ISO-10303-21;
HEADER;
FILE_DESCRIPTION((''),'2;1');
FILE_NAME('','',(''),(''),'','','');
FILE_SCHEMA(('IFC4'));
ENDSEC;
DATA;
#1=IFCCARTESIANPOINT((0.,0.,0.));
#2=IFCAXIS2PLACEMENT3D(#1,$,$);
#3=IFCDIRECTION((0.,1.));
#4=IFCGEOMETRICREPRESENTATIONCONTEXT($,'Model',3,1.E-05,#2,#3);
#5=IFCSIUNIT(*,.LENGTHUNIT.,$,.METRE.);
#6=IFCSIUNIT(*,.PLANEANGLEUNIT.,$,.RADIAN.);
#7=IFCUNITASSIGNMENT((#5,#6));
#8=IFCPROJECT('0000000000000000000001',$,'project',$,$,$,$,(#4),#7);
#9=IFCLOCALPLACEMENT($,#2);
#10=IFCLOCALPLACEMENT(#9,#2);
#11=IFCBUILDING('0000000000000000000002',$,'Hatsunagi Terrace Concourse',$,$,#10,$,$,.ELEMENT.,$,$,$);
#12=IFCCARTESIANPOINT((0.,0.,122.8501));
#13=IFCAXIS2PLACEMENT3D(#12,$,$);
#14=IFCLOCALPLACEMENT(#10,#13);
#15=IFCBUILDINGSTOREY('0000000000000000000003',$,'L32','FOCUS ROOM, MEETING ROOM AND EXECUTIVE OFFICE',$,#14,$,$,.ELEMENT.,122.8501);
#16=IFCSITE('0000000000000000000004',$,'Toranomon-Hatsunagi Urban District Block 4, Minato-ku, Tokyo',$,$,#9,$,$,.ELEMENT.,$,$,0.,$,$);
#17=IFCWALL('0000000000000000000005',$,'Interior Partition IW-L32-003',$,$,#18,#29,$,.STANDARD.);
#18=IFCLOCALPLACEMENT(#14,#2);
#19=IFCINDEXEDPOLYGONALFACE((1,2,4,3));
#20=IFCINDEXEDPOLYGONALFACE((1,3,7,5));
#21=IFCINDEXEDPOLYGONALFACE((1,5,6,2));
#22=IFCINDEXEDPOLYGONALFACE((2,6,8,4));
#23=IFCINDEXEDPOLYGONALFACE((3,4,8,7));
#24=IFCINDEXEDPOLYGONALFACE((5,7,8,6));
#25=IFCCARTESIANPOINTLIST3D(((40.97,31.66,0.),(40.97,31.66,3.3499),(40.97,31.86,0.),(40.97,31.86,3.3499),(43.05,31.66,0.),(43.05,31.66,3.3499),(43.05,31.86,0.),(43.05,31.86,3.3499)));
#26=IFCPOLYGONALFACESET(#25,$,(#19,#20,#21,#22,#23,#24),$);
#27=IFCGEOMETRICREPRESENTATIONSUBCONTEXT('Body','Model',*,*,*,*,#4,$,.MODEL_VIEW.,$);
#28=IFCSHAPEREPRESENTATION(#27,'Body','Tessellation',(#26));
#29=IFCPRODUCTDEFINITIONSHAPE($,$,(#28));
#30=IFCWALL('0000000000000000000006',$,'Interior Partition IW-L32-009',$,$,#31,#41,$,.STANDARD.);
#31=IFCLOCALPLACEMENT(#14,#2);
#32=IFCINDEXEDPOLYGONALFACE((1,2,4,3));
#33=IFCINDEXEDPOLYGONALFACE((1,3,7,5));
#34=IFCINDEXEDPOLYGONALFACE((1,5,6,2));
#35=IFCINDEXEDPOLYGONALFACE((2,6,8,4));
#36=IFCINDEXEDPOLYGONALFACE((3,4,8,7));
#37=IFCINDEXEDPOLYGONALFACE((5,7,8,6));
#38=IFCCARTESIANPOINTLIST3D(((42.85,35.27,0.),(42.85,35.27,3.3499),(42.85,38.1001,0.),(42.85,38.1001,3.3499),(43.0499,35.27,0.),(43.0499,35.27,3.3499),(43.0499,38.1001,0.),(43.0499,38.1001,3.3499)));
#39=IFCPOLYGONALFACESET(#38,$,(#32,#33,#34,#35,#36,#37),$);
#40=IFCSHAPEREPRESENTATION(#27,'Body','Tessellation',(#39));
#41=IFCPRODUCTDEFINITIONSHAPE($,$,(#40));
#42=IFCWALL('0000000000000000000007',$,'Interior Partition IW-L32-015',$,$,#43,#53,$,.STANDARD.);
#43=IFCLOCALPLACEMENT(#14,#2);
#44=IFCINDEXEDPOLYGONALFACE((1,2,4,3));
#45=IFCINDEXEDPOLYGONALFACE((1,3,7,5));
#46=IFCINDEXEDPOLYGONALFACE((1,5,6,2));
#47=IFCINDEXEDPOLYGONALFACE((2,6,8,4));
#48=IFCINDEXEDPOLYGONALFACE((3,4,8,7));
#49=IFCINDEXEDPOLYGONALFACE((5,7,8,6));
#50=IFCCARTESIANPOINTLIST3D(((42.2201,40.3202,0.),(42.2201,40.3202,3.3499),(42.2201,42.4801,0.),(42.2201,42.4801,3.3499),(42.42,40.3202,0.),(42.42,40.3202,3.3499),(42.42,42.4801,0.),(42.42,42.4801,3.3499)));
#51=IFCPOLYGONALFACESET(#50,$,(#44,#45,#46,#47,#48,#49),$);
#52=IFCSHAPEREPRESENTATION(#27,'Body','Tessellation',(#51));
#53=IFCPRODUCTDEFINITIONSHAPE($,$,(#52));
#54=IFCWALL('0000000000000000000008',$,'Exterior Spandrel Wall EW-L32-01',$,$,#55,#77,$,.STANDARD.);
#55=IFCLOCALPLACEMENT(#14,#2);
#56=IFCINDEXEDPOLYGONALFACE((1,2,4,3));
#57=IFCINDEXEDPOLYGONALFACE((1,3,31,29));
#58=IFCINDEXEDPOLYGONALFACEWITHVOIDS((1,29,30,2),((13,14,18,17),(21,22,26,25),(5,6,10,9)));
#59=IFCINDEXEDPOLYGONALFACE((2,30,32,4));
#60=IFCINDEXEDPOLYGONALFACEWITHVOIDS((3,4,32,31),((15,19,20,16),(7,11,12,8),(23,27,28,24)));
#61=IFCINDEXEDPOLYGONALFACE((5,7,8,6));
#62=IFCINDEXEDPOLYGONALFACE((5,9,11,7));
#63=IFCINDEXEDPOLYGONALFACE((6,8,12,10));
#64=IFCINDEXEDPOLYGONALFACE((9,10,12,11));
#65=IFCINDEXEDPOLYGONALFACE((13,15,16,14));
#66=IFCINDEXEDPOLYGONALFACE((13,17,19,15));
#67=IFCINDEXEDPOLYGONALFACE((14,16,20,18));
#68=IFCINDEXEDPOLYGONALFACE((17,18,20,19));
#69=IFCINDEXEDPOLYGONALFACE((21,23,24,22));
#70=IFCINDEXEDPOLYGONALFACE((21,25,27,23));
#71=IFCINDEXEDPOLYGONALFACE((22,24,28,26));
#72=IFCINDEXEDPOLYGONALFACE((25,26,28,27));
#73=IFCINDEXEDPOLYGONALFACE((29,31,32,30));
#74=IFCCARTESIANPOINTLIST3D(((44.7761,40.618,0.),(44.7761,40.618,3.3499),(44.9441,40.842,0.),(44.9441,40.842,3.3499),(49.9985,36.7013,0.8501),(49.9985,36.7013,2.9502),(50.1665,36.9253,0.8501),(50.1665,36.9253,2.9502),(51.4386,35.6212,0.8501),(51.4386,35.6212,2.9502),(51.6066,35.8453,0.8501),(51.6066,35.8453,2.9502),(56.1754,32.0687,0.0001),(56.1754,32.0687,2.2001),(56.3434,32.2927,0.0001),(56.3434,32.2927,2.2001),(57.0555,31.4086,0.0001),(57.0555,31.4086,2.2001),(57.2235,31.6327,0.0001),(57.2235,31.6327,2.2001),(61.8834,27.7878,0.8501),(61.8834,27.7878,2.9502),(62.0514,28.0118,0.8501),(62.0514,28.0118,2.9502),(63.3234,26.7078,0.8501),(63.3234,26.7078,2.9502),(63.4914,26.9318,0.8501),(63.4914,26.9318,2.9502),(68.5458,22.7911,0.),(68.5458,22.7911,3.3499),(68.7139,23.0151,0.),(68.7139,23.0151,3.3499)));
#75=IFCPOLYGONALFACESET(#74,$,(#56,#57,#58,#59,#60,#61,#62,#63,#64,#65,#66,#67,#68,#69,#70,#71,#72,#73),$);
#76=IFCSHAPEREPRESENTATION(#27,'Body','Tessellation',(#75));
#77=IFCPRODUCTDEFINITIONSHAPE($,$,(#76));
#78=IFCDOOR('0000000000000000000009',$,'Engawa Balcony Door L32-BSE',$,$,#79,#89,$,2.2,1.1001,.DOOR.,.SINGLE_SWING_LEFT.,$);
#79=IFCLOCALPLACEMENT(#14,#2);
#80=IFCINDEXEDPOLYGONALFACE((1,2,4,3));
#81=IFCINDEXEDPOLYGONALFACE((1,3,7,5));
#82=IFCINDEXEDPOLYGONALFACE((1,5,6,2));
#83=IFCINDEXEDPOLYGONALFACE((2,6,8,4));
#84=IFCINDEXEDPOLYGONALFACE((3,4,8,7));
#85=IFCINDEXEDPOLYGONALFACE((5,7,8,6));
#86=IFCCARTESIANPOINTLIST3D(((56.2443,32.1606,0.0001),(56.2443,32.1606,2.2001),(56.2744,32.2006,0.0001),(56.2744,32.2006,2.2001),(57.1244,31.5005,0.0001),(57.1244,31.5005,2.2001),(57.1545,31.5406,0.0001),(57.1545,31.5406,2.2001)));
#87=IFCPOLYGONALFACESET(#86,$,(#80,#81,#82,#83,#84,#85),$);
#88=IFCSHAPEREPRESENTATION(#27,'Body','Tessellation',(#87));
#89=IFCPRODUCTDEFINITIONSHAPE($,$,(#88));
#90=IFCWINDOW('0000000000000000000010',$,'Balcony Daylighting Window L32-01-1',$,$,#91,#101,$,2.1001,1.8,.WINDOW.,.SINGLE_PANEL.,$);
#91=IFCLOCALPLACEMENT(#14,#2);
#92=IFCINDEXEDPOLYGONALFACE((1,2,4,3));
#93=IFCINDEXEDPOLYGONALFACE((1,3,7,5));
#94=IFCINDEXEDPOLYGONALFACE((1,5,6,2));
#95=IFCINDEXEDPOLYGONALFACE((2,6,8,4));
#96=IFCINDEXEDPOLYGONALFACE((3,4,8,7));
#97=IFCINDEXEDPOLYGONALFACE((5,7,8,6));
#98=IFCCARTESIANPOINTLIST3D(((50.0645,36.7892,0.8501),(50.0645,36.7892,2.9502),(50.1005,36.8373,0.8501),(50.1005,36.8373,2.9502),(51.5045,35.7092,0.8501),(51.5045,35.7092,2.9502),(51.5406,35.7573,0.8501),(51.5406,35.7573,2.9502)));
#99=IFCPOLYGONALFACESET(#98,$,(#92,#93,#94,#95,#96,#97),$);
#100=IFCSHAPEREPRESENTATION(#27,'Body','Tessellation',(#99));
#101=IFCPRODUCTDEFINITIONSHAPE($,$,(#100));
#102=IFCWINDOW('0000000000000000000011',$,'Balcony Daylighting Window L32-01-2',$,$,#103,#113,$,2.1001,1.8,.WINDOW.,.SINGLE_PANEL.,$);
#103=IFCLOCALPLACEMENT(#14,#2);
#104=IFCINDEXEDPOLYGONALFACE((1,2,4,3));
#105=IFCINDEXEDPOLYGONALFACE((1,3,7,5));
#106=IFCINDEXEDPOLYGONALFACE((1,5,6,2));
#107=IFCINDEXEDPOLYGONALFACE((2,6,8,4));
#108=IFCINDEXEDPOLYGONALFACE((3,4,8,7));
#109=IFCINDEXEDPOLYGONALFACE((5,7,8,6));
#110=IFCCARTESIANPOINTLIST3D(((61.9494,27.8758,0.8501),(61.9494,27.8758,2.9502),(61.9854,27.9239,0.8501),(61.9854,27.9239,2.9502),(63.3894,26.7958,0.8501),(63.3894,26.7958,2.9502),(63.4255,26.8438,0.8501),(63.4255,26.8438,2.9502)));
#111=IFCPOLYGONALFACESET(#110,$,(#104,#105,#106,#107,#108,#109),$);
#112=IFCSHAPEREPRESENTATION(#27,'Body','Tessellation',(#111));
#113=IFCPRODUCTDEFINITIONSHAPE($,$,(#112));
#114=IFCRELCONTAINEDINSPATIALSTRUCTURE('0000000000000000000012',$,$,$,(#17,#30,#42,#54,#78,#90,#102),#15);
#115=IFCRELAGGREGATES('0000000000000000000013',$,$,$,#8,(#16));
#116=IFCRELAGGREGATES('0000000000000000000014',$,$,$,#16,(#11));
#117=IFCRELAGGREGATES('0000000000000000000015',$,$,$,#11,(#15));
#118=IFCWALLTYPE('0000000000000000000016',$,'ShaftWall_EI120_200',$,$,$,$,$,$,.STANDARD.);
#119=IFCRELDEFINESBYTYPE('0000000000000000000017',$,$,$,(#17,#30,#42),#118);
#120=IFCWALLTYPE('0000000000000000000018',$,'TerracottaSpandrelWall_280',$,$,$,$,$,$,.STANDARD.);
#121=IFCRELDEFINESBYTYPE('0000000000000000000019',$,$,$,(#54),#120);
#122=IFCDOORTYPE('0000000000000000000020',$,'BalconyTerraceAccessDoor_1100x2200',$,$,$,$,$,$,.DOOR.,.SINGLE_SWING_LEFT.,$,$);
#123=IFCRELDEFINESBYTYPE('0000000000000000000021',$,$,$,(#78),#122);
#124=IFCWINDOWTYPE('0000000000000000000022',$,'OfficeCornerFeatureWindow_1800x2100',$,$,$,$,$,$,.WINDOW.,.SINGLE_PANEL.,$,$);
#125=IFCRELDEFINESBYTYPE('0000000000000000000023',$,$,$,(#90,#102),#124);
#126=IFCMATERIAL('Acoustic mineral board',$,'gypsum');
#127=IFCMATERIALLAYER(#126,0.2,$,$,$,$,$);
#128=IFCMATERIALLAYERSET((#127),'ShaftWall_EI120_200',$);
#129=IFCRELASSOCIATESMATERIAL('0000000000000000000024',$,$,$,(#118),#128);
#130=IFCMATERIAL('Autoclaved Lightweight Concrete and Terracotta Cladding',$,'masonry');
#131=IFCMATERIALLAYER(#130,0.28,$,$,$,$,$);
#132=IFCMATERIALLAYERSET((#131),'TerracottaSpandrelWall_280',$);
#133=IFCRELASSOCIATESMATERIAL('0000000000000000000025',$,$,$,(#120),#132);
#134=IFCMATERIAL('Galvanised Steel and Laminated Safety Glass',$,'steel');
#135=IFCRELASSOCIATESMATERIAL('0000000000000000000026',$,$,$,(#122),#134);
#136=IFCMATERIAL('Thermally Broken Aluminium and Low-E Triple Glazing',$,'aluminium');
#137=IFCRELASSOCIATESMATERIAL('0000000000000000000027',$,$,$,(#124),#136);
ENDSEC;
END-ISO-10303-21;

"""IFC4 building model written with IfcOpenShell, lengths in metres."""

from ifc_helpers import new_model, si_unit, direction, frame, frame_2d, origin, place, context, subcontext, project, spatial, rectangle, extrude, material, layer, layer_set, type_object, element, fill, save


model = new_model("IFC4")

# Units and contexts
model_context = context("Model", 3, precision=1e-05, world=origin(), true_north=direction((0.0, 1.0)))
body_context = subcontext(model_context, "Body", "Model", "MODEL_VIEW")
ifc_project = project(units=[si_unit("LENGTHUNIT", "METRE"), si_unit("PLANEANGLEUNIT", "RADIAN")], contexts=[model_context])

# Site, building, storey
site_placement = place(None, origin())
site = spatial("IfcSite", under=ifc_project, at=site_placement, Name="Toranomon-Hatsunagi Urban District Block 4, Minato-ku, Tokyo", CompositionType="ELEMENT", RefElevation=0.0)
building_placement = place(site_placement, origin())
building = spatial("IfcBuilding", under=site, at=building_placement, Name="Hatsunagi Terrace Concourse", CompositionType="ELEMENT")
storey_placement = place(building_placement, frame((0.0, 0.0, 122.8501)))
storey = spatial("IfcBuildingStorey", under=building, at=storey_placement, Name="L32", Description="FOCUS ROOM, MEETING ROOM AND EXECUTIVE OFFICE", CompositionType="ELEMENT", Elevation=122.8501)

# Walls
ifc_material_1 = material(Name="Acoustic mineral board", Category="gypsum")
ifc_layer_1 = layer(ifc_material_1, 0.2)
ifc_layer_set_1 = layer_set([ifc_layer_1], Name="ShaftWall_EI120_200")
wall_type_1 = type_object("IfcWallType", Name="ShaftWall_EI120_200", PredefinedType="STANDARD", material=ifc_layer_set_1)
wall_1_placement = place(storey_placement, frame((40.97, 31.76, 0.0), z_axis=(0.0, 0.0, 1.0), x_axis=(1.0, 0.0, 0.0)))
element("IfcWall", 1, at=wall_1_placement, inside=storey, type_object=wall_type_1, Name="Interior Partition IW-L32-003", PredefinedType="STANDARD", context=body_context, shape_type="SweptSolid", body=[
    extrude(rectangle(XDim=2.0801, YDim=0.2, at=frame_2d((1.04, 0.0))), origin(), (0.0, 0.0, 1.0), 3.3499),
])
wall_2_placement = place(storey_placement, frame((42.95, 35.27, 0.0), z_axis=(0.0, 0.0, 1.0), x_axis=(0.0, 1.0, 0.0)))
element("IfcWall", 2, at=wall_2_placement, inside=storey, type_object=wall_type_1, Name="Interior Partition IW-L32-009", PredefinedType="STANDARD", context=body_context, shape_type="SweptSolid", body=[
    extrude(rectangle(XDim=2.8301, YDim=0.2, at=frame_2d((1.415, 0.0))), origin(), (0.0, 0.0, 1.0), 3.3499),
])
wall_3_placement = place(storey_placement, frame((42.3201, 40.3201, 0.0), z_axis=(0.0, 0.0, 1.0), x_axis=(0.0, 1.0, 0.0)))
element("IfcWall", 3, at=wall_3_placement, inside=storey, type_object=wall_type_1, Name="Interior Partition IW-L32-015", PredefinedType="STANDARD", context=body_context, shape_type="SweptSolid", body=[
    extrude(rectangle(XDim=2.1599, YDim=0.2, at=frame_2d((1.0801, 0.0))), origin(), (0.0, 0.0, 1.0), 3.3499),
])

# Wall, openings, door, windows
ifc_material_2 = material(Name="Autoclaved Lightweight Concrete and Terracotta Cladding", Category="masonry")
ifc_layer_2 = layer(ifc_material_2, 0.28)
ifc_layer_set_2 = layer_set([ifc_layer_2], Name="TerracottaSpandrelWall_280")
wall_type_2 = type_object("IfcWallType", Name="TerracottaSpandrelWall_280", PredefinedType="STANDARD", material=ifc_layer_set_2)
wall_4_placement = place(storey_placement, frame((44.8601, 40.73, 0.0), z_axis=(0.0, 0.0, 1.0), x_axis=(0.800007, -0.599991, 0.0)))
wall_4 = element("IfcWall", 4, at=wall_4_placement, inside=storey, type_object=wall_type_2, Name="Exterior Spandrel Wall EW-L32-01", PredefinedType="STANDARD", context=body_context, shape_type="SweptSolid", body=[
    extrude(rectangle(XDim=29.7119, YDim=0.28, at=frame_2d((14.856, 0.0))), origin(), (0.0, 0.0, 1.0), 3.3499),
])
opening_1_placement = place(wall_4_placement, frame((14.249, 0.0, 0.0)))
opening_1 = element("IfcOpeningElement", 5, at=opening_1_placement, cuts=wall_4, PredefinedType="OPENING", context=body_context, shape_type="SweptSolid", body=[
    extrude(rectangle(XDim=1.1001, YDim=2.2, at=frame_2d((0.55, 1.1001))), frame((0.0, 0.1499, 0.0), z_axis=(0.0, -1.0, 0.0), x_axis=(1.0, 0.0, 0.0)), (0.0, 0.0, 1.0), 0.3),
])
opening_2_placement = place(wall_4_placement, frame((6.5281, 0.0, 0.8501)))
opening_2 = element("IfcOpeningElement", 6, at=opening_2_placement, cuts=wall_4, PredefinedType="OPENING", context=body_context, shape_type="SweptSolid", body=[
    extrude(rectangle(XDim=1.8, YDim=2.1001, at=frame_2d((0.8999, 1.05))), frame((0.0, 0.1499, 0.0), z_axis=(0.0, -1.0, 0.0), x_axis=(1.0, 0.0, 0.0)), (0.0, 0.0, 1.0), 0.3),
])
opening_3_placement = place(wall_4_placement, frame((21.384, 0.0, 0.8501)))
opening_3 = element("IfcOpeningElement", 7, at=opening_3_placement, cuts=wall_4, PredefinedType="OPENING", context=body_context, shape_type="SweptSolid", body=[
    extrude(rectangle(XDim=1.8, YDim=2.1001, at=frame_2d((0.8999, 1.05))), frame((0.0, 0.1499, 0.0), z_axis=(0.0, -1.0, 0.0), x_axis=(1.0, 0.0, 0.0)), (0.0, 0.0, 1.0), 0.3),
])
ifc_material_3 = material(Name="Galvanised Steel and Laminated Safety Glass", Category="steel")
door_type_1 = type_object("IfcDoorType", Name="BalconyTerraceAccessDoor_1100x2200", OperationType="SINGLE_SWING_LEFT", PredefinedType="DOOR", material=ifc_material_3)
door_1_placement = place(opening_1_placement, origin())
door_1 = element("IfcDoor", 8, at=door_1_placement, inside=storey, type_object=door_type_1, Name="Engawa Balcony Door L32-BSE", OperationType="SINGLE_SWING_LEFT", OverallHeight=2.2, OverallWidth=1.1001, PredefinedType="DOOR", context=body_context, shape_type="SweptSolid", body=[
    extrude(rectangle(XDim=1.1001, YDim=2.2, at=frame_2d((0.55, 1.1001))), frame((0.0, 0.0249, 0.0), z_axis=(0.0, -1.0, 0.0), x_axis=(1.0, 0.0, 0.0)), (0.0, 0.0, 1.0), 0.05),
])
fill(opening_1, door_1)
ifc_material_4 = material(Name="Thermally Broken Aluminium and Low-E Triple Glazing", Category="aluminium")
window_type = type_object("IfcWindowType", Name="OfficeCornerFeatureWindow_1800x2100", PartitioningType="SINGLE_PANEL", PredefinedType="WINDOW", material=ifc_material_4)
window_1_placement = place(opening_2_placement, origin())
window_1 = element("IfcWindow", 9, at=window_1_placement, inside=storey, type_object=window_type, Name="Balcony Daylighting Window L32-01-1", OverallHeight=2.1001, OverallWidth=1.8, PartitioningType="SINGLE_PANEL", PredefinedType="WINDOW", context=body_context, shape_type="SweptSolid", body=[
    extrude(rectangle(XDim=1.8, YDim=2.1001, at=frame_2d((0.8999, 1.05))), frame((0.0, 0.03, 0.0), z_axis=(0.0, -1.0, 0.0), x_axis=(1.0, 0.0, 0.0)), (0.0, 0.0, 1.0), 0.0601),
])
fill(opening_2, window_1)
window_2_placement = place(opening_3_placement, origin())
window_2 = element("IfcWindow", 10, at=window_2_placement, inside=storey, type_object=window_type, Name="Balcony Daylighting Window L32-01-2", OverallHeight=2.1001, OverallWidth=1.8, PartitioningType="SINGLE_PANEL", PredefinedType="WINDOW", context=body_context, shape_type="SweptSolid", body=[
    extrude(rectangle(XDim=1.8, YDim=2.1001, at=frame_2d((0.8999, 1.05))), frame((0.0, 0.03, 0.0), z_axis=(0.0, -1.0, 0.0), x_axis=(1.0, 0.0, 0.0)), (0.0, 0.0, 1.0), 0.0601),
])
fill(opening_3, window_2)

save(model, "model.ifc")
